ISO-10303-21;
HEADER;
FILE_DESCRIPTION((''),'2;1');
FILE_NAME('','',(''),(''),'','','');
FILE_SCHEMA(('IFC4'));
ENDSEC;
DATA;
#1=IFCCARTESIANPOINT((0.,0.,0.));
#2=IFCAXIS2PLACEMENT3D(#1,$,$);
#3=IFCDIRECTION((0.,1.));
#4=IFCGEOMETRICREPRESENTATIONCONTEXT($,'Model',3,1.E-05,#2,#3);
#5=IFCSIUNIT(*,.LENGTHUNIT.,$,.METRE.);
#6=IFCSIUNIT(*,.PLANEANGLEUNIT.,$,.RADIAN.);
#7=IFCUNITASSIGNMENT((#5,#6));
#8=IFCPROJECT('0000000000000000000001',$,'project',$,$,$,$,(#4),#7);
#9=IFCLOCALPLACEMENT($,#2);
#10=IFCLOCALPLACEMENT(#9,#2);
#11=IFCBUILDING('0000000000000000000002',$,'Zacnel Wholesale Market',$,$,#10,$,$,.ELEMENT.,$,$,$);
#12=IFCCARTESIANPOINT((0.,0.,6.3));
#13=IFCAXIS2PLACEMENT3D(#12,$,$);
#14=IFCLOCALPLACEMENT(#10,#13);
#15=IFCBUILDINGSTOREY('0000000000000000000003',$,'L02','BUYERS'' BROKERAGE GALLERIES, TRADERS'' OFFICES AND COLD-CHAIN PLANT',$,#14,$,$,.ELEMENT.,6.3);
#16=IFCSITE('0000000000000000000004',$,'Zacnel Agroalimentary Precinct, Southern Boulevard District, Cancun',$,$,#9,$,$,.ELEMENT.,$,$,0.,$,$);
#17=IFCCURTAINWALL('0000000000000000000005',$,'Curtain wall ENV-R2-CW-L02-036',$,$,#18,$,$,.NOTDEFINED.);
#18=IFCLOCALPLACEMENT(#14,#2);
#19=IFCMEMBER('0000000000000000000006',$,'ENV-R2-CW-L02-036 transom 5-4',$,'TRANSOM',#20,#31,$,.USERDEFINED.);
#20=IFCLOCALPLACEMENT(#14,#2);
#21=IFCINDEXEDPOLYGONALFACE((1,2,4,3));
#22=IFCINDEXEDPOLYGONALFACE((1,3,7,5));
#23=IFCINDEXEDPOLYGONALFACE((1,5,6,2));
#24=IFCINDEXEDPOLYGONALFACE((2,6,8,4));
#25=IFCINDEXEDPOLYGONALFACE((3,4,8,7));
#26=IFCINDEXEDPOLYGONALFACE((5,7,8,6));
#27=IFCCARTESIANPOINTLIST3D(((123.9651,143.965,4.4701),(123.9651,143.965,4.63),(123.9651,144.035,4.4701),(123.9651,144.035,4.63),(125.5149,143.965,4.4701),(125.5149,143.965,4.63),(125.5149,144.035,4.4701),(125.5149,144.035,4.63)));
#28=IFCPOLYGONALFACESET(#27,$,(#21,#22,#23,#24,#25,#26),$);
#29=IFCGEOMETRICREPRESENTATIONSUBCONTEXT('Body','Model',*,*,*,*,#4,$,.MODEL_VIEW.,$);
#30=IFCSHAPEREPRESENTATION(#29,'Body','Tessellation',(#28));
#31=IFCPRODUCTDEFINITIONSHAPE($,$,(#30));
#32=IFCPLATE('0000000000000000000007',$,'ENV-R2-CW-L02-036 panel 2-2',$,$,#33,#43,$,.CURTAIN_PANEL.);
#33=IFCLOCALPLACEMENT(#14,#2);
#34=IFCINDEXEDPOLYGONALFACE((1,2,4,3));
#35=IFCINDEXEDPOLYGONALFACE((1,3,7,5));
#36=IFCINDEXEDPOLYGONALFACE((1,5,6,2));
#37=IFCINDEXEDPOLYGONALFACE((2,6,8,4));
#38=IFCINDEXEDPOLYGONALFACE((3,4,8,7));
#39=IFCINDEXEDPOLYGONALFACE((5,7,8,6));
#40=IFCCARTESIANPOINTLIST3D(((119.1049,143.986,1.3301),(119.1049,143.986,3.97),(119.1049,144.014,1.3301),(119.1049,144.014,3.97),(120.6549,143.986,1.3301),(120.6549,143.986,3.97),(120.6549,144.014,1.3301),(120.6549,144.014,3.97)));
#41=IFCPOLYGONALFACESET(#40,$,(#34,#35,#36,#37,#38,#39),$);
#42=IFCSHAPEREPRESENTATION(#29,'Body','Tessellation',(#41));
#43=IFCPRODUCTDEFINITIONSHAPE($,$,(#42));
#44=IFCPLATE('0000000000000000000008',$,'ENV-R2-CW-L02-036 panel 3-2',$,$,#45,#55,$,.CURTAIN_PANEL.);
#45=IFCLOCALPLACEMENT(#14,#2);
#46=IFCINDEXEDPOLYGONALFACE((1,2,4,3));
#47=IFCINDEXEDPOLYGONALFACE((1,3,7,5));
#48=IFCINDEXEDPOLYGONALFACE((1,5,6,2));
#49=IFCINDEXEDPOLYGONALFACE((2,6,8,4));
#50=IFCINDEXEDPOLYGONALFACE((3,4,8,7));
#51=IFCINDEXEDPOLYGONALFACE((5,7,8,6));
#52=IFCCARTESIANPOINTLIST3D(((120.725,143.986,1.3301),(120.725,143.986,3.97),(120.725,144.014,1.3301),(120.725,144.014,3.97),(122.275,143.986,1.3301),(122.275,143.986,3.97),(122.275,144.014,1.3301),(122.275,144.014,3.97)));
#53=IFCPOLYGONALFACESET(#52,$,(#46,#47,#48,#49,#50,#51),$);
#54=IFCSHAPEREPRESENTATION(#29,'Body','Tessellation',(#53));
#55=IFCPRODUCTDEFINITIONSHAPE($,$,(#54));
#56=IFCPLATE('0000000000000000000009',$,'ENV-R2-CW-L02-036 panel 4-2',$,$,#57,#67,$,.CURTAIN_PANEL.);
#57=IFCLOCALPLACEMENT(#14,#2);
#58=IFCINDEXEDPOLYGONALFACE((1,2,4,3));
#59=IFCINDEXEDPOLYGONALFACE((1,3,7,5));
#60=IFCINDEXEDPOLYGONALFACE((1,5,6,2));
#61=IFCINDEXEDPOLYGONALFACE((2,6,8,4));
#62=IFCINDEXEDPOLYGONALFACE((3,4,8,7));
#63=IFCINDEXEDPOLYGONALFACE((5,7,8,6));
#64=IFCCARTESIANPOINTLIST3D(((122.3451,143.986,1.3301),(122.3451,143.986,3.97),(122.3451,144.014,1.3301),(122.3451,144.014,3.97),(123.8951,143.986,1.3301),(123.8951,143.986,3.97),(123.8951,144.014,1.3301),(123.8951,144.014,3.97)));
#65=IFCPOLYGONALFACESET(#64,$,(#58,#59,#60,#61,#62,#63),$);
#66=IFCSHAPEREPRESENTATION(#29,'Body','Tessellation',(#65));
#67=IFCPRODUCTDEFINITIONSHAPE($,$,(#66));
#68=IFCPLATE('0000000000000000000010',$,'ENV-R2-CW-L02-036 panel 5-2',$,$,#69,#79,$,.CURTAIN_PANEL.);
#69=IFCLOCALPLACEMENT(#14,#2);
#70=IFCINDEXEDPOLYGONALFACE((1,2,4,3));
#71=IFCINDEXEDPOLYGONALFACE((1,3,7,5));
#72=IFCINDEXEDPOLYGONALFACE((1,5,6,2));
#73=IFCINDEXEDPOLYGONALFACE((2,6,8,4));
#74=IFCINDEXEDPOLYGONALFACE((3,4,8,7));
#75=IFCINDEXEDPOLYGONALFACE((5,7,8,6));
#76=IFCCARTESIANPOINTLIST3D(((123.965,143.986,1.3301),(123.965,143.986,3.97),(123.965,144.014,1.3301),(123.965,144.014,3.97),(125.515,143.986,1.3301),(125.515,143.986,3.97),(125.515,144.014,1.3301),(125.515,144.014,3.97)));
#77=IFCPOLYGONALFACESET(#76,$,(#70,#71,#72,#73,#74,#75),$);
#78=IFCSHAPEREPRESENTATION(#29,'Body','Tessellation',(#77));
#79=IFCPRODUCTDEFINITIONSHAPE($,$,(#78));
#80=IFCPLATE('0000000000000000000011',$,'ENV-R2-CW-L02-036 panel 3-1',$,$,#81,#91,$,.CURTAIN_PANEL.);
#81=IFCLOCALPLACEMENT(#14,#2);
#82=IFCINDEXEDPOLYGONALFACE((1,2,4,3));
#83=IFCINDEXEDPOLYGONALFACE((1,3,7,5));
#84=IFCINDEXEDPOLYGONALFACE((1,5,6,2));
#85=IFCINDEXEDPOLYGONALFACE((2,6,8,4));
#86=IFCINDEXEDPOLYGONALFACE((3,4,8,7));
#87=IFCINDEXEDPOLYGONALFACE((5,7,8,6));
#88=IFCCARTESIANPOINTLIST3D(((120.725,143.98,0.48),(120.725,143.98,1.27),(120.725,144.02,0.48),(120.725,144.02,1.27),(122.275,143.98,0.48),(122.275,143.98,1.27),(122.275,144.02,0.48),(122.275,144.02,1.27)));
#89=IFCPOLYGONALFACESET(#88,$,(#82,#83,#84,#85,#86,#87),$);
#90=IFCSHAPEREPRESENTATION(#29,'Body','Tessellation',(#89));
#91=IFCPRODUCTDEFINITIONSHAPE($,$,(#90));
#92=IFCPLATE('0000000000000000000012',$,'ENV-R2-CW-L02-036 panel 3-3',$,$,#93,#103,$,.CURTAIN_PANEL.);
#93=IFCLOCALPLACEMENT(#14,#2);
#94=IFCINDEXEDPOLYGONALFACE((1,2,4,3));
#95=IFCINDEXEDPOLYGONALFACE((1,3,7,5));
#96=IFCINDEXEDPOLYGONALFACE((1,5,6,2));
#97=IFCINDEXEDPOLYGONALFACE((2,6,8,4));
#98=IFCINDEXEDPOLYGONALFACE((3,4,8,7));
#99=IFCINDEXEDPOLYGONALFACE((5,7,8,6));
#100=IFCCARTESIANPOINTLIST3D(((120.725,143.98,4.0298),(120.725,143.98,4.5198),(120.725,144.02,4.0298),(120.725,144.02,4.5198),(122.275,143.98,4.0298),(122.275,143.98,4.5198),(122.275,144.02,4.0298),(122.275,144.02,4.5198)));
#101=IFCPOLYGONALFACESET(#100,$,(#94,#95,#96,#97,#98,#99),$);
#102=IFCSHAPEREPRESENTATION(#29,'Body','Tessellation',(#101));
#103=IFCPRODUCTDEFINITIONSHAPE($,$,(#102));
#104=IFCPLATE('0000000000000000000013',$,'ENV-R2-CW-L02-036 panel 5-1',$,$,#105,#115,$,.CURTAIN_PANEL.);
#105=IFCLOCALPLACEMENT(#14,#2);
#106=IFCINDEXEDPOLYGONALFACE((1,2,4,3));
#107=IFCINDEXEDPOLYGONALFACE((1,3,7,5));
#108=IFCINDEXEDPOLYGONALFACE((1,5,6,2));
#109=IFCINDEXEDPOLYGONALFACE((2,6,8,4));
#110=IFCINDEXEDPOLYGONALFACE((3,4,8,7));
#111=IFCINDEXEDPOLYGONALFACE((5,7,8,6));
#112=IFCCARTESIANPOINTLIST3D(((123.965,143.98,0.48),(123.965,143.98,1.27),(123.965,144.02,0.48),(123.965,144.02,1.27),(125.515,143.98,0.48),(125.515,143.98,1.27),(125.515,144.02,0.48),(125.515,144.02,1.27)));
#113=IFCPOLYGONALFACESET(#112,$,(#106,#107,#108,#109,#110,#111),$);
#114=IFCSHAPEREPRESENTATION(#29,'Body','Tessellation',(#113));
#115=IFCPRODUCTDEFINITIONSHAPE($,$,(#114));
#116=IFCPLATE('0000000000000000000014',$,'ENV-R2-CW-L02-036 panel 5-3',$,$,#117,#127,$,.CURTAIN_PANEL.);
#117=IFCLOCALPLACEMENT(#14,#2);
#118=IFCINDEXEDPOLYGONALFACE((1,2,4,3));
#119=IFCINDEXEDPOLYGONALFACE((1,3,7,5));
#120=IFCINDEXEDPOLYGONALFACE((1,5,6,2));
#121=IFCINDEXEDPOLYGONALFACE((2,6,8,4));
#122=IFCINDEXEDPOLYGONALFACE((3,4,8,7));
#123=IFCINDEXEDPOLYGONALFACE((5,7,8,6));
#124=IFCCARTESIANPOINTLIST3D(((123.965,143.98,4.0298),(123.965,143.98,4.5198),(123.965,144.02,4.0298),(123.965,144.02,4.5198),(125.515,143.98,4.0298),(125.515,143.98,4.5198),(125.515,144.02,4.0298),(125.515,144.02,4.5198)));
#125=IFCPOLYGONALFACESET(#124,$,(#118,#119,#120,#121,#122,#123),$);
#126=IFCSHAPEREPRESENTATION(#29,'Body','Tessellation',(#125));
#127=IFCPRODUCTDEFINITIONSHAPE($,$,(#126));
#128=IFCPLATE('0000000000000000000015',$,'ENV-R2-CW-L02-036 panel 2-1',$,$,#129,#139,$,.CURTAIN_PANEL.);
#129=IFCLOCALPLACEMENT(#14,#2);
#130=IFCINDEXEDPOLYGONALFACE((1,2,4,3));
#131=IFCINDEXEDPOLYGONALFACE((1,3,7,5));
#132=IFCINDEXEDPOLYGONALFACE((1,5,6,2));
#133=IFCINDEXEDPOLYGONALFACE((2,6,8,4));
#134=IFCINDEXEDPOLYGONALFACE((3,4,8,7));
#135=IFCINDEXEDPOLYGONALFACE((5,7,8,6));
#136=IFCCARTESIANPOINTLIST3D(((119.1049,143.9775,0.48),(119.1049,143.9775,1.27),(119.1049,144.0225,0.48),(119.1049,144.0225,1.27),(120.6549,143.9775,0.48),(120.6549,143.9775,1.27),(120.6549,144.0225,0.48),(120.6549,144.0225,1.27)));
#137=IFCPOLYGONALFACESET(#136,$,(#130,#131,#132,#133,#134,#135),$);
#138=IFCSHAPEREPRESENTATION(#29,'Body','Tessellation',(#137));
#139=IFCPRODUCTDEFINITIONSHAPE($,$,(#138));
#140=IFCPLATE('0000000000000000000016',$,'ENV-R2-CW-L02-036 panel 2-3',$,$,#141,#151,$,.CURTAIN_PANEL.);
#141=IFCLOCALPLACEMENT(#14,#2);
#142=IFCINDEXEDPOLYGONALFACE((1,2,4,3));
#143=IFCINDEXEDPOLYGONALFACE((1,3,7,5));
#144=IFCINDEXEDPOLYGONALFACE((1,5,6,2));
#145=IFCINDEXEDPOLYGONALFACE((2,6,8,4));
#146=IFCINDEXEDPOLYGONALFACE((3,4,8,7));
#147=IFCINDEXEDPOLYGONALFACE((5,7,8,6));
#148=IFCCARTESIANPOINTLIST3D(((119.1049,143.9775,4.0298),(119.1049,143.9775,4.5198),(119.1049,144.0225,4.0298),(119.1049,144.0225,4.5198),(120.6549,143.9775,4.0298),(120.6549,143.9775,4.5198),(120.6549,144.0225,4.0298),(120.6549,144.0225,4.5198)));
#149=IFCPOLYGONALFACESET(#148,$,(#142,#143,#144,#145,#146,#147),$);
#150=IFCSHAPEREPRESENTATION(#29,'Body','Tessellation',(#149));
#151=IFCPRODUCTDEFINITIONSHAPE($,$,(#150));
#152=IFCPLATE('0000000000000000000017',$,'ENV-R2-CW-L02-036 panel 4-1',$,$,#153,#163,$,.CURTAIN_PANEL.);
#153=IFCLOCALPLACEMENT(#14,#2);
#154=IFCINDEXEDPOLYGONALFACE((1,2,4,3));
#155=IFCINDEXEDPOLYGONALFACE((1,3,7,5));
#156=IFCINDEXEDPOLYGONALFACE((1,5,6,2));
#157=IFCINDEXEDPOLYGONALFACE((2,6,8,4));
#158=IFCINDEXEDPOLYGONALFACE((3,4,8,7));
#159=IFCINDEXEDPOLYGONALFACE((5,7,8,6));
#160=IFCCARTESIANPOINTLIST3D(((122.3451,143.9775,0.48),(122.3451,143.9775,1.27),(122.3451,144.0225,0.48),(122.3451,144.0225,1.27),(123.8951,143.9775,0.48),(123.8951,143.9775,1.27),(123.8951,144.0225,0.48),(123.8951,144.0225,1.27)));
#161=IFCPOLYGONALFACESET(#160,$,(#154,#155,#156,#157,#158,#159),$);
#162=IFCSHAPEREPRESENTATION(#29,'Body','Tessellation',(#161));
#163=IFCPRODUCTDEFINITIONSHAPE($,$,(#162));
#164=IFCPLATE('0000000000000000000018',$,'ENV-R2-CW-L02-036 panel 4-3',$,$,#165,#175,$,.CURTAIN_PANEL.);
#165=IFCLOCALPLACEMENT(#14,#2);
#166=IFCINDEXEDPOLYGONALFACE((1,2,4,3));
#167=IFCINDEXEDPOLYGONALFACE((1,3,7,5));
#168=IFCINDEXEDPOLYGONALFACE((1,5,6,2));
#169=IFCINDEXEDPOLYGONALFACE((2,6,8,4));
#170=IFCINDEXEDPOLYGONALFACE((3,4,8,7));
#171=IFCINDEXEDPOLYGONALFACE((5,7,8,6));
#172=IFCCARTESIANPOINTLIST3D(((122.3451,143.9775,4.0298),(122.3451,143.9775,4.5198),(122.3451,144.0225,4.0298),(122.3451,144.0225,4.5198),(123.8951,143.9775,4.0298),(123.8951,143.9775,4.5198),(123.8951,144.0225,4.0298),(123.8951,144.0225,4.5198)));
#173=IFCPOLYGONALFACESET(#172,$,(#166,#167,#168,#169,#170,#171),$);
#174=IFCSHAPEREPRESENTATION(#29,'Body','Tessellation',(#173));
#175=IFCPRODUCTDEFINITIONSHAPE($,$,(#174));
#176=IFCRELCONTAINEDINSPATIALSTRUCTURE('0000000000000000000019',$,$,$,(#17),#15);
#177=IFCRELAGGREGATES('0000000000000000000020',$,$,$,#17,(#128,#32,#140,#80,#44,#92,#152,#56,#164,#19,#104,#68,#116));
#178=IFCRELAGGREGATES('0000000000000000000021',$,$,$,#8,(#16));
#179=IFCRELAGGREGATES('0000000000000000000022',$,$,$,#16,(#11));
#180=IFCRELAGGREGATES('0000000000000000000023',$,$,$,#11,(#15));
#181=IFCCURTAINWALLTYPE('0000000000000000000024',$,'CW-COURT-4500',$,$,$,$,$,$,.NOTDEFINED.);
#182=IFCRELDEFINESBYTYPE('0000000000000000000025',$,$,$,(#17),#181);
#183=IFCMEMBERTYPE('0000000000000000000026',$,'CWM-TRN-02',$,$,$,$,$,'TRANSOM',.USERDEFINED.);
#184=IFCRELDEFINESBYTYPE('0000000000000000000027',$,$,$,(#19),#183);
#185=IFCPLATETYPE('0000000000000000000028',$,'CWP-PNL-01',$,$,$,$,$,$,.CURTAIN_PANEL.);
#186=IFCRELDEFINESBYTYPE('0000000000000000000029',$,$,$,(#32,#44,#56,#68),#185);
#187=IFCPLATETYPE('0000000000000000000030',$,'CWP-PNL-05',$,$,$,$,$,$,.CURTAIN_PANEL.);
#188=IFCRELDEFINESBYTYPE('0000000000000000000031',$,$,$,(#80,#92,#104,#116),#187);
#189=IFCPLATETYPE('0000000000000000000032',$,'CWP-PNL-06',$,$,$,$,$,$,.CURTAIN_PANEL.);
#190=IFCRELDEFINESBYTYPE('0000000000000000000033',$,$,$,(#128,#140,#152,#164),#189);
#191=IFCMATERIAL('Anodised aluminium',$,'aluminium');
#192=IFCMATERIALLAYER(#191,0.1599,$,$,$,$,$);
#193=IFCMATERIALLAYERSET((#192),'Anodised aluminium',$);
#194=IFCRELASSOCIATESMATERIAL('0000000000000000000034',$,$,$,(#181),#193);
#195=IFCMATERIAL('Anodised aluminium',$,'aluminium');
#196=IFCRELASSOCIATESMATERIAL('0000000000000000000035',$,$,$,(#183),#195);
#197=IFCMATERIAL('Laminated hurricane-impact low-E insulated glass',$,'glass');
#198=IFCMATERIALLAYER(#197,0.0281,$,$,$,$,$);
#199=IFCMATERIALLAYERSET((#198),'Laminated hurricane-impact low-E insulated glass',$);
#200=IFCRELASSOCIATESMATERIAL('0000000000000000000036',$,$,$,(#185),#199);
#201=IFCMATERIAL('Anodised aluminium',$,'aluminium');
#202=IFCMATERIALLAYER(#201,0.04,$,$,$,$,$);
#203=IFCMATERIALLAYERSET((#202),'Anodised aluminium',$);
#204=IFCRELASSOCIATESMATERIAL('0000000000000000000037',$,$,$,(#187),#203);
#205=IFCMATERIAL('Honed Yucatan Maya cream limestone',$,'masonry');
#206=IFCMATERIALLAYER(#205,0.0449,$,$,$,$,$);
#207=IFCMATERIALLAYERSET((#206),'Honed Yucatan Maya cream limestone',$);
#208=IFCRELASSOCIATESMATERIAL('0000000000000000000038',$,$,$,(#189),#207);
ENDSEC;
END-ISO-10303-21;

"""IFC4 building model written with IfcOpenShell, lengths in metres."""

from ifc_helpers import new_model, si_unit, direction, frame, origin, origin_2d, place, context, subcontext, project, spatial, rectangle, extrude, material, layer, layer_set, material_profile, profile_set, type_object, element, aggregate, save


model = new_model("IFC4")

# Units and contexts
model_context = context("Model", 3, precision=1e-05, world=origin(), true_north=direction((0.0, 1.0)))
body_context = subcontext(model_context, "Body", "Model", "MODEL_VIEW")
ifc_project = project(units=[si_unit("LENGTHUNIT", "METRE"), si_unit("PLANEANGLEUNIT", "RADIAN")], contexts=[model_context])

# Site, building, storey
site_placement = place(None, origin())
site = spatial("IfcSite", under=ifc_project, at=site_placement, Name="Zacnel Agroalimentary Precinct, Southern Boulevard District, Cancun", CompositionType="ELEMENT", RefElevation=0.0)
building_placement = place(site_placement, origin())
building = spatial("IfcBuilding", under=site, at=building_placement, Name="Zacnel Wholesale Market", CompositionType="ELEMENT")
storey_placement = place(building_placement, frame((0.0, 0.0, 6.3)))
storey = spatial("IfcBuildingStorey", under=building, at=storey_placement, Name="L02", Description="BUYERS' BROKERAGE GALLERIES, TRADERS' OFFICES AND COLD-CHAIN PLANT", CompositionType="ELEMENT", Elevation=6.3)

# Curtain wall, member, plates
ifc_material_1 = material(Name="Anodised aluminium", Category="aluminium")
ifc_layer_1 = layer(ifc_material_1, 0.1599)
ifc_layer_set_1 = layer_set([ifc_layer_1], Name="Anodised aluminium")
curtain_wall_type = type_object("IfcCurtainWallType", Name="CW-COURT-4500", PredefinedType="NOTDEFINED", material=ifc_layer_set_1)
curtain_wall_placement = place(storey_placement, origin())
curtain_wall = element("IfcCurtainWall", 1, at=curtain_wall_placement, inside=storey, type_object=curtain_wall_type, Name="Curtain wall ENV-R2-CW-L02-036", PredefinedType="NOTDEFINED")
ifc_material_2 = material(Name="Anodised aluminium", Category="aluminium")
ifc_material_profile_1 = material_profile(ifc_material_2, rectangle(XDim=0.0701, YDim=0.1599, at=origin_2d()), Name="AW-TRANSOM 70x160")
ifc_profile_set_1 = profile_set([ifc_material_profile_1], Name="Anodised aluminium")
member_type_1 = type_object("IfcMemberType", Name="CWM-TRN-02", ElementType="TRANSOM", PredefinedType="USERDEFINED", material=ifc_profile_set_1)
member_1_placement = place(storey_placement, frame((123.9651, 144.0, 4.55), z_axis=(1.0, 0.0, 0.0), x_axis=(0.0, 1.0, 0.0)))
member_1 = element("IfcMember", 2, at=member_1_placement, type_object=member_type_1, Name="ENV-R2-CW-L02-036 transom 5-4", ObjectType="TRANSOM", PredefinedType="USERDEFINED", context=body_context, shape_type="SweptSolid", body=[
    extrude(rectangle(XDim=0.0701, YDim=0.1599, at=origin_2d()), origin(), (0.0, 0.0, 1.0), 1.5498),
])
ifc_material_3 = material(Name="Laminated hurricane-impact low-E insulated glass", Category="glass")
ifc_layer_2 = layer(ifc_material_3, 0.0281)
ifc_layer_set_2 = layer_set([ifc_layer_2], Name="Laminated hurricane-impact low-E insulated glass")
plate_type_1 = type_object("IfcPlateType", Name="CWP-PNL-01", PredefinedType="CURTAIN_PANEL", material=ifc_layer_set_2)
plate_1_placement = place(storey_placement, frame((119.8799, 144.0, 1.3301), z_axis=(0.0, 0.0, 1.0), x_axis=(1.0, 0.0, 0.0)))
plate_1 = element("IfcPlate", 3, at=plate_1_placement, type_object=plate_type_1, Name="ENV-R2-CW-L02-036 panel 2-2", PredefinedType="CURTAIN_PANEL", context=body_context, shape_type="SweptSolid", body=[
    extrude(rectangle(XDim=1.55, YDim=0.0281, at=origin_2d()), origin(), (0.0, 0.0, 1.0), 2.6399),
])
plate_2_placement = place(storey_placement, frame((121.5, 144.0, 1.3301), z_axis=(0.0, 0.0, 1.0), x_axis=(1.0, 0.0, 0.0)))
plate_2 = element("IfcPlate", 4, at=plate_2_placement, type_object=plate_type_1, Name="ENV-R2-CW-L02-036 panel 3-2", PredefinedType="CURTAIN_PANEL", context=body_context, shape_type="SweptSolid", body=[
    extrude(rectangle(XDim=1.55, YDim=0.0281, at=origin_2d()), origin(), (0.0, 0.0, 1.0), 2.6399),
])
plate_3_placement = place(storey_placement, frame((123.1201, 144.0, 1.3301), z_axis=(0.0, 0.0, 1.0), x_axis=(1.0, 0.0, 0.0)))
plate_3 = element("IfcPlate", 5, at=plate_3_placement, type_object=plate_type_1, Name="ENV-R2-CW-L02-036 panel 4-2", PredefinedType="CURTAIN_PANEL", context=body_context, shape_type="SweptSolid", body=[
    extrude(rectangle(XDim=1.55, YDim=0.0281, at=origin_2d()), origin(), (0.0, 0.0, 1.0), 2.6399),
])
plate_4_placement = place(storey_placement, frame((124.74, 144.0, 1.3301), z_axis=(0.0, 0.0, 1.0), x_axis=(1.0, 0.0, 0.0)))
plate_4 = element("IfcPlate", 6, at=plate_4_placement, type_object=plate_type_1, Name="ENV-R2-CW-L02-036 panel 5-2", PredefinedType="CURTAIN_PANEL", context=body_context, shape_type="SweptSolid", body=[
    extrude(rectangle(XDim=1.55, YDim=0.0281, at=origin_2d()), origin(), (0.0, 0.0, 1.0), 2.6399),
])
ifc_material_4 = material(Name="Anodised aluminium", Category="aluminium")
ifc_layer_3 = layer(ifc_material_4, 0.04)
ifc_layer_set_3 = layer_set([ifc_layer_3], Name="Anodised aluminium")
plate_type_2 = type_object("IfcPlateType", Name="CWP-PNL-05", PredefinedType="CURTAIN_PANEL", material=ifc_layer_set_3)
plate_5_placement = place(storey_placement, frame((121.5, 144.0, 0.48), z_axis=(0.0, 0.0, 1.0), x_axis=(1.0, 0.0, 0.0)))
plate_5 = element("IfcPlate", 7, at=plate_5_placement, type_object=plate_type_2, Name="ENV-R2-CW-L02-036 panel 3-1", PredefinedType="CURTAIN_PANEL", context=body_context, shape_type="SweptSolid", body=[
    extrude(rectangle(XDim=1.55, YDim=0.04, at=origin_2d()), origin(), (0.0, 0.0, 1.0), 0.79),
])
plate_6_placement = place(storey_placement, frame((121.5, 144.0, 4.0298), z_axis=(0.0, 0.0, 1.0), x_axis=(1.0, 0.0, 0.0)))
plate_6 = element("IfcPlate", 8, at=plate_6_placement, type_object=plate_type_2, Name="ENV-R2-CW-L02-036 panel 3-3", PredefinedType="CURTAIN_PANEL", context=body_context, shape_type="SweptSolid", body=[
    extrude(rectangle(XDim=1.55, YDim=0.04, at=origin_2d()), origin(), (0.0, 0.0, 1.0), 0.49),
])
plate_7_placement = place(storey_placement, frame((124.74, 144.0, 0.48), z_axis=(0.0, 0.0, 1.0), x_axis=(1.0, 0.0, 0.0)))
plate_7 = element("IfcPlate", 9, at=plate_7_placement, type_object=plate_type_2, Name="ENV-R2-CW-L02-036 panel 5-1", PredefinedType="CURTAIN_PANEL", context=body_context, shape_type="SweptSolid", body=[
    extrude(rectangle(XDim=1.55, YDim=0.04, at=origin_2d()), origin(), (0.0, 0.0, 1.0), 0.79),
])
plate_8_placement = place(storey_placement, frame((124.74, 144.0, 4.0298), z_axis=(0.0, 0.0, 1.0), x_axis=(1.0, 0.0, 0.0)))
plate_8 = element("IfcPlate", 10, at=plate_8_placement, type_object=plate_type_2, Name="ENV-R2-CW-L02-036 panel 5-3", PredefinedType="CURTAIN_PANEL", context=body_context, shape_type="SweptSolid", body=[
    extrude(rectangle(XDim=1.55, YDim=0.04, at=origin_2d()), origin(), (0.0, 0.0, 1.0), 0.49),
])
ifc_material_5 = material(Name="Honed Yucatan Maya cream limestone", Category="masonry")
ifc_layer_4 = layer(ifc_material_5, 0.0449)
ifc_layer_set_4 = layer_set([ifc_layer_4], Name="Honed Yucatan Maya cream limestone")
plate_type_3 = type_object("IfcPlateType", Name="CWP-PNL-06", PredefinedType="CURTAIN_PANEL", material=ifc_layer_set_4)
plate_9_placement = place(storey_placement, frame((119.8799, 144.0, 0.48), z_axis=(0.0, 0.0, 1.0), x_axis=(1.0, 0.0, 0.0)))
plate_9 = element("IfcPlate", 11, at=plate_9_placement, type_object=plate_type_3, Name="ENV-R2-CW-L02-036 panel 2-1", PredefinedType="CURTAIN_PANEL", context=body_context, shape_type="SweptSolid", body=[
    extrude(rectangle(XDim=1.55, YDim=0.0449, at=origin_2d()), origin(), (0.0, 0.0, 1.0), 0.79),
])
plate_10_placement = place(storey_placement, frame((119.8799, 144.0, 4.0298), z_axis=(0.0, 0.0, 1.0), x_axis=(1.0, 0.0, 0.0)))
plate_10 = element("IfcPlate", 12, at=plate_10_placement, type_object=plate_type_3, Name="ENV-R2-CW-L02-036 panel 2-3", PredefinedType="CURTAIN_PANEL", context=body_context, shape_type="SweptSolid", body=[
    extrude(rectangle(XDim=1.55, YDim=0.0449, at=origin_2d()), origin(), (0.0, 0.0, 1.0), 0.49),
])
plate_11_placement = place(storey_placement, frame((123.1201, 144.0, 0.48), z_axis=(0.0, 0.0, 1.0), x_axis=(1.0, 0.0, 0.0)))
plate_11 = element("IfcPlate", 13, at=plate_11_placement, type_object=plate_type_3, Name="ENV-R2-CW-L02-036 panel 4-1", PredefinedType="CURTAIN_PANEL", context=body_context, shape_type="SweptSolid", body=[
    extrude(rectangle(XDim=1.55, YDim=0.0449, at=origin_2d()), origin(), (0.0, 0.0, 1.0), 0.79),
])
plate_12_placement = place(storey_placement, frame((123.1201, 144.0, 4.0298), z_axis=(0.0, 0.0, 1.0), x_axis=(1.0, 0.0, 0.0)))
plate_12 = element("IfcPlate", 14, at=plate_12_placement, type_object=plate_type_3, Name="ENV-R2-CW-L02-036 panel 4-3", PredefinedType="CURTAIN_PANEL", context=body_context, shape_type="SweptSolid", body=[
    extrude(rectangle(XDim=1.55, YDim=0.0449, at=origin_2d()), origin(), (0.0, 0.0, 1.0), 0.49),
])
aggregate(curtain_wall, [plate_9, plate_1, plate_10, plate_5, plate_2, plate_6, plate_11, plate_3, plate_12, member_1, plate_7, plate_4, plate_8])

save(model, "model.ifc")
